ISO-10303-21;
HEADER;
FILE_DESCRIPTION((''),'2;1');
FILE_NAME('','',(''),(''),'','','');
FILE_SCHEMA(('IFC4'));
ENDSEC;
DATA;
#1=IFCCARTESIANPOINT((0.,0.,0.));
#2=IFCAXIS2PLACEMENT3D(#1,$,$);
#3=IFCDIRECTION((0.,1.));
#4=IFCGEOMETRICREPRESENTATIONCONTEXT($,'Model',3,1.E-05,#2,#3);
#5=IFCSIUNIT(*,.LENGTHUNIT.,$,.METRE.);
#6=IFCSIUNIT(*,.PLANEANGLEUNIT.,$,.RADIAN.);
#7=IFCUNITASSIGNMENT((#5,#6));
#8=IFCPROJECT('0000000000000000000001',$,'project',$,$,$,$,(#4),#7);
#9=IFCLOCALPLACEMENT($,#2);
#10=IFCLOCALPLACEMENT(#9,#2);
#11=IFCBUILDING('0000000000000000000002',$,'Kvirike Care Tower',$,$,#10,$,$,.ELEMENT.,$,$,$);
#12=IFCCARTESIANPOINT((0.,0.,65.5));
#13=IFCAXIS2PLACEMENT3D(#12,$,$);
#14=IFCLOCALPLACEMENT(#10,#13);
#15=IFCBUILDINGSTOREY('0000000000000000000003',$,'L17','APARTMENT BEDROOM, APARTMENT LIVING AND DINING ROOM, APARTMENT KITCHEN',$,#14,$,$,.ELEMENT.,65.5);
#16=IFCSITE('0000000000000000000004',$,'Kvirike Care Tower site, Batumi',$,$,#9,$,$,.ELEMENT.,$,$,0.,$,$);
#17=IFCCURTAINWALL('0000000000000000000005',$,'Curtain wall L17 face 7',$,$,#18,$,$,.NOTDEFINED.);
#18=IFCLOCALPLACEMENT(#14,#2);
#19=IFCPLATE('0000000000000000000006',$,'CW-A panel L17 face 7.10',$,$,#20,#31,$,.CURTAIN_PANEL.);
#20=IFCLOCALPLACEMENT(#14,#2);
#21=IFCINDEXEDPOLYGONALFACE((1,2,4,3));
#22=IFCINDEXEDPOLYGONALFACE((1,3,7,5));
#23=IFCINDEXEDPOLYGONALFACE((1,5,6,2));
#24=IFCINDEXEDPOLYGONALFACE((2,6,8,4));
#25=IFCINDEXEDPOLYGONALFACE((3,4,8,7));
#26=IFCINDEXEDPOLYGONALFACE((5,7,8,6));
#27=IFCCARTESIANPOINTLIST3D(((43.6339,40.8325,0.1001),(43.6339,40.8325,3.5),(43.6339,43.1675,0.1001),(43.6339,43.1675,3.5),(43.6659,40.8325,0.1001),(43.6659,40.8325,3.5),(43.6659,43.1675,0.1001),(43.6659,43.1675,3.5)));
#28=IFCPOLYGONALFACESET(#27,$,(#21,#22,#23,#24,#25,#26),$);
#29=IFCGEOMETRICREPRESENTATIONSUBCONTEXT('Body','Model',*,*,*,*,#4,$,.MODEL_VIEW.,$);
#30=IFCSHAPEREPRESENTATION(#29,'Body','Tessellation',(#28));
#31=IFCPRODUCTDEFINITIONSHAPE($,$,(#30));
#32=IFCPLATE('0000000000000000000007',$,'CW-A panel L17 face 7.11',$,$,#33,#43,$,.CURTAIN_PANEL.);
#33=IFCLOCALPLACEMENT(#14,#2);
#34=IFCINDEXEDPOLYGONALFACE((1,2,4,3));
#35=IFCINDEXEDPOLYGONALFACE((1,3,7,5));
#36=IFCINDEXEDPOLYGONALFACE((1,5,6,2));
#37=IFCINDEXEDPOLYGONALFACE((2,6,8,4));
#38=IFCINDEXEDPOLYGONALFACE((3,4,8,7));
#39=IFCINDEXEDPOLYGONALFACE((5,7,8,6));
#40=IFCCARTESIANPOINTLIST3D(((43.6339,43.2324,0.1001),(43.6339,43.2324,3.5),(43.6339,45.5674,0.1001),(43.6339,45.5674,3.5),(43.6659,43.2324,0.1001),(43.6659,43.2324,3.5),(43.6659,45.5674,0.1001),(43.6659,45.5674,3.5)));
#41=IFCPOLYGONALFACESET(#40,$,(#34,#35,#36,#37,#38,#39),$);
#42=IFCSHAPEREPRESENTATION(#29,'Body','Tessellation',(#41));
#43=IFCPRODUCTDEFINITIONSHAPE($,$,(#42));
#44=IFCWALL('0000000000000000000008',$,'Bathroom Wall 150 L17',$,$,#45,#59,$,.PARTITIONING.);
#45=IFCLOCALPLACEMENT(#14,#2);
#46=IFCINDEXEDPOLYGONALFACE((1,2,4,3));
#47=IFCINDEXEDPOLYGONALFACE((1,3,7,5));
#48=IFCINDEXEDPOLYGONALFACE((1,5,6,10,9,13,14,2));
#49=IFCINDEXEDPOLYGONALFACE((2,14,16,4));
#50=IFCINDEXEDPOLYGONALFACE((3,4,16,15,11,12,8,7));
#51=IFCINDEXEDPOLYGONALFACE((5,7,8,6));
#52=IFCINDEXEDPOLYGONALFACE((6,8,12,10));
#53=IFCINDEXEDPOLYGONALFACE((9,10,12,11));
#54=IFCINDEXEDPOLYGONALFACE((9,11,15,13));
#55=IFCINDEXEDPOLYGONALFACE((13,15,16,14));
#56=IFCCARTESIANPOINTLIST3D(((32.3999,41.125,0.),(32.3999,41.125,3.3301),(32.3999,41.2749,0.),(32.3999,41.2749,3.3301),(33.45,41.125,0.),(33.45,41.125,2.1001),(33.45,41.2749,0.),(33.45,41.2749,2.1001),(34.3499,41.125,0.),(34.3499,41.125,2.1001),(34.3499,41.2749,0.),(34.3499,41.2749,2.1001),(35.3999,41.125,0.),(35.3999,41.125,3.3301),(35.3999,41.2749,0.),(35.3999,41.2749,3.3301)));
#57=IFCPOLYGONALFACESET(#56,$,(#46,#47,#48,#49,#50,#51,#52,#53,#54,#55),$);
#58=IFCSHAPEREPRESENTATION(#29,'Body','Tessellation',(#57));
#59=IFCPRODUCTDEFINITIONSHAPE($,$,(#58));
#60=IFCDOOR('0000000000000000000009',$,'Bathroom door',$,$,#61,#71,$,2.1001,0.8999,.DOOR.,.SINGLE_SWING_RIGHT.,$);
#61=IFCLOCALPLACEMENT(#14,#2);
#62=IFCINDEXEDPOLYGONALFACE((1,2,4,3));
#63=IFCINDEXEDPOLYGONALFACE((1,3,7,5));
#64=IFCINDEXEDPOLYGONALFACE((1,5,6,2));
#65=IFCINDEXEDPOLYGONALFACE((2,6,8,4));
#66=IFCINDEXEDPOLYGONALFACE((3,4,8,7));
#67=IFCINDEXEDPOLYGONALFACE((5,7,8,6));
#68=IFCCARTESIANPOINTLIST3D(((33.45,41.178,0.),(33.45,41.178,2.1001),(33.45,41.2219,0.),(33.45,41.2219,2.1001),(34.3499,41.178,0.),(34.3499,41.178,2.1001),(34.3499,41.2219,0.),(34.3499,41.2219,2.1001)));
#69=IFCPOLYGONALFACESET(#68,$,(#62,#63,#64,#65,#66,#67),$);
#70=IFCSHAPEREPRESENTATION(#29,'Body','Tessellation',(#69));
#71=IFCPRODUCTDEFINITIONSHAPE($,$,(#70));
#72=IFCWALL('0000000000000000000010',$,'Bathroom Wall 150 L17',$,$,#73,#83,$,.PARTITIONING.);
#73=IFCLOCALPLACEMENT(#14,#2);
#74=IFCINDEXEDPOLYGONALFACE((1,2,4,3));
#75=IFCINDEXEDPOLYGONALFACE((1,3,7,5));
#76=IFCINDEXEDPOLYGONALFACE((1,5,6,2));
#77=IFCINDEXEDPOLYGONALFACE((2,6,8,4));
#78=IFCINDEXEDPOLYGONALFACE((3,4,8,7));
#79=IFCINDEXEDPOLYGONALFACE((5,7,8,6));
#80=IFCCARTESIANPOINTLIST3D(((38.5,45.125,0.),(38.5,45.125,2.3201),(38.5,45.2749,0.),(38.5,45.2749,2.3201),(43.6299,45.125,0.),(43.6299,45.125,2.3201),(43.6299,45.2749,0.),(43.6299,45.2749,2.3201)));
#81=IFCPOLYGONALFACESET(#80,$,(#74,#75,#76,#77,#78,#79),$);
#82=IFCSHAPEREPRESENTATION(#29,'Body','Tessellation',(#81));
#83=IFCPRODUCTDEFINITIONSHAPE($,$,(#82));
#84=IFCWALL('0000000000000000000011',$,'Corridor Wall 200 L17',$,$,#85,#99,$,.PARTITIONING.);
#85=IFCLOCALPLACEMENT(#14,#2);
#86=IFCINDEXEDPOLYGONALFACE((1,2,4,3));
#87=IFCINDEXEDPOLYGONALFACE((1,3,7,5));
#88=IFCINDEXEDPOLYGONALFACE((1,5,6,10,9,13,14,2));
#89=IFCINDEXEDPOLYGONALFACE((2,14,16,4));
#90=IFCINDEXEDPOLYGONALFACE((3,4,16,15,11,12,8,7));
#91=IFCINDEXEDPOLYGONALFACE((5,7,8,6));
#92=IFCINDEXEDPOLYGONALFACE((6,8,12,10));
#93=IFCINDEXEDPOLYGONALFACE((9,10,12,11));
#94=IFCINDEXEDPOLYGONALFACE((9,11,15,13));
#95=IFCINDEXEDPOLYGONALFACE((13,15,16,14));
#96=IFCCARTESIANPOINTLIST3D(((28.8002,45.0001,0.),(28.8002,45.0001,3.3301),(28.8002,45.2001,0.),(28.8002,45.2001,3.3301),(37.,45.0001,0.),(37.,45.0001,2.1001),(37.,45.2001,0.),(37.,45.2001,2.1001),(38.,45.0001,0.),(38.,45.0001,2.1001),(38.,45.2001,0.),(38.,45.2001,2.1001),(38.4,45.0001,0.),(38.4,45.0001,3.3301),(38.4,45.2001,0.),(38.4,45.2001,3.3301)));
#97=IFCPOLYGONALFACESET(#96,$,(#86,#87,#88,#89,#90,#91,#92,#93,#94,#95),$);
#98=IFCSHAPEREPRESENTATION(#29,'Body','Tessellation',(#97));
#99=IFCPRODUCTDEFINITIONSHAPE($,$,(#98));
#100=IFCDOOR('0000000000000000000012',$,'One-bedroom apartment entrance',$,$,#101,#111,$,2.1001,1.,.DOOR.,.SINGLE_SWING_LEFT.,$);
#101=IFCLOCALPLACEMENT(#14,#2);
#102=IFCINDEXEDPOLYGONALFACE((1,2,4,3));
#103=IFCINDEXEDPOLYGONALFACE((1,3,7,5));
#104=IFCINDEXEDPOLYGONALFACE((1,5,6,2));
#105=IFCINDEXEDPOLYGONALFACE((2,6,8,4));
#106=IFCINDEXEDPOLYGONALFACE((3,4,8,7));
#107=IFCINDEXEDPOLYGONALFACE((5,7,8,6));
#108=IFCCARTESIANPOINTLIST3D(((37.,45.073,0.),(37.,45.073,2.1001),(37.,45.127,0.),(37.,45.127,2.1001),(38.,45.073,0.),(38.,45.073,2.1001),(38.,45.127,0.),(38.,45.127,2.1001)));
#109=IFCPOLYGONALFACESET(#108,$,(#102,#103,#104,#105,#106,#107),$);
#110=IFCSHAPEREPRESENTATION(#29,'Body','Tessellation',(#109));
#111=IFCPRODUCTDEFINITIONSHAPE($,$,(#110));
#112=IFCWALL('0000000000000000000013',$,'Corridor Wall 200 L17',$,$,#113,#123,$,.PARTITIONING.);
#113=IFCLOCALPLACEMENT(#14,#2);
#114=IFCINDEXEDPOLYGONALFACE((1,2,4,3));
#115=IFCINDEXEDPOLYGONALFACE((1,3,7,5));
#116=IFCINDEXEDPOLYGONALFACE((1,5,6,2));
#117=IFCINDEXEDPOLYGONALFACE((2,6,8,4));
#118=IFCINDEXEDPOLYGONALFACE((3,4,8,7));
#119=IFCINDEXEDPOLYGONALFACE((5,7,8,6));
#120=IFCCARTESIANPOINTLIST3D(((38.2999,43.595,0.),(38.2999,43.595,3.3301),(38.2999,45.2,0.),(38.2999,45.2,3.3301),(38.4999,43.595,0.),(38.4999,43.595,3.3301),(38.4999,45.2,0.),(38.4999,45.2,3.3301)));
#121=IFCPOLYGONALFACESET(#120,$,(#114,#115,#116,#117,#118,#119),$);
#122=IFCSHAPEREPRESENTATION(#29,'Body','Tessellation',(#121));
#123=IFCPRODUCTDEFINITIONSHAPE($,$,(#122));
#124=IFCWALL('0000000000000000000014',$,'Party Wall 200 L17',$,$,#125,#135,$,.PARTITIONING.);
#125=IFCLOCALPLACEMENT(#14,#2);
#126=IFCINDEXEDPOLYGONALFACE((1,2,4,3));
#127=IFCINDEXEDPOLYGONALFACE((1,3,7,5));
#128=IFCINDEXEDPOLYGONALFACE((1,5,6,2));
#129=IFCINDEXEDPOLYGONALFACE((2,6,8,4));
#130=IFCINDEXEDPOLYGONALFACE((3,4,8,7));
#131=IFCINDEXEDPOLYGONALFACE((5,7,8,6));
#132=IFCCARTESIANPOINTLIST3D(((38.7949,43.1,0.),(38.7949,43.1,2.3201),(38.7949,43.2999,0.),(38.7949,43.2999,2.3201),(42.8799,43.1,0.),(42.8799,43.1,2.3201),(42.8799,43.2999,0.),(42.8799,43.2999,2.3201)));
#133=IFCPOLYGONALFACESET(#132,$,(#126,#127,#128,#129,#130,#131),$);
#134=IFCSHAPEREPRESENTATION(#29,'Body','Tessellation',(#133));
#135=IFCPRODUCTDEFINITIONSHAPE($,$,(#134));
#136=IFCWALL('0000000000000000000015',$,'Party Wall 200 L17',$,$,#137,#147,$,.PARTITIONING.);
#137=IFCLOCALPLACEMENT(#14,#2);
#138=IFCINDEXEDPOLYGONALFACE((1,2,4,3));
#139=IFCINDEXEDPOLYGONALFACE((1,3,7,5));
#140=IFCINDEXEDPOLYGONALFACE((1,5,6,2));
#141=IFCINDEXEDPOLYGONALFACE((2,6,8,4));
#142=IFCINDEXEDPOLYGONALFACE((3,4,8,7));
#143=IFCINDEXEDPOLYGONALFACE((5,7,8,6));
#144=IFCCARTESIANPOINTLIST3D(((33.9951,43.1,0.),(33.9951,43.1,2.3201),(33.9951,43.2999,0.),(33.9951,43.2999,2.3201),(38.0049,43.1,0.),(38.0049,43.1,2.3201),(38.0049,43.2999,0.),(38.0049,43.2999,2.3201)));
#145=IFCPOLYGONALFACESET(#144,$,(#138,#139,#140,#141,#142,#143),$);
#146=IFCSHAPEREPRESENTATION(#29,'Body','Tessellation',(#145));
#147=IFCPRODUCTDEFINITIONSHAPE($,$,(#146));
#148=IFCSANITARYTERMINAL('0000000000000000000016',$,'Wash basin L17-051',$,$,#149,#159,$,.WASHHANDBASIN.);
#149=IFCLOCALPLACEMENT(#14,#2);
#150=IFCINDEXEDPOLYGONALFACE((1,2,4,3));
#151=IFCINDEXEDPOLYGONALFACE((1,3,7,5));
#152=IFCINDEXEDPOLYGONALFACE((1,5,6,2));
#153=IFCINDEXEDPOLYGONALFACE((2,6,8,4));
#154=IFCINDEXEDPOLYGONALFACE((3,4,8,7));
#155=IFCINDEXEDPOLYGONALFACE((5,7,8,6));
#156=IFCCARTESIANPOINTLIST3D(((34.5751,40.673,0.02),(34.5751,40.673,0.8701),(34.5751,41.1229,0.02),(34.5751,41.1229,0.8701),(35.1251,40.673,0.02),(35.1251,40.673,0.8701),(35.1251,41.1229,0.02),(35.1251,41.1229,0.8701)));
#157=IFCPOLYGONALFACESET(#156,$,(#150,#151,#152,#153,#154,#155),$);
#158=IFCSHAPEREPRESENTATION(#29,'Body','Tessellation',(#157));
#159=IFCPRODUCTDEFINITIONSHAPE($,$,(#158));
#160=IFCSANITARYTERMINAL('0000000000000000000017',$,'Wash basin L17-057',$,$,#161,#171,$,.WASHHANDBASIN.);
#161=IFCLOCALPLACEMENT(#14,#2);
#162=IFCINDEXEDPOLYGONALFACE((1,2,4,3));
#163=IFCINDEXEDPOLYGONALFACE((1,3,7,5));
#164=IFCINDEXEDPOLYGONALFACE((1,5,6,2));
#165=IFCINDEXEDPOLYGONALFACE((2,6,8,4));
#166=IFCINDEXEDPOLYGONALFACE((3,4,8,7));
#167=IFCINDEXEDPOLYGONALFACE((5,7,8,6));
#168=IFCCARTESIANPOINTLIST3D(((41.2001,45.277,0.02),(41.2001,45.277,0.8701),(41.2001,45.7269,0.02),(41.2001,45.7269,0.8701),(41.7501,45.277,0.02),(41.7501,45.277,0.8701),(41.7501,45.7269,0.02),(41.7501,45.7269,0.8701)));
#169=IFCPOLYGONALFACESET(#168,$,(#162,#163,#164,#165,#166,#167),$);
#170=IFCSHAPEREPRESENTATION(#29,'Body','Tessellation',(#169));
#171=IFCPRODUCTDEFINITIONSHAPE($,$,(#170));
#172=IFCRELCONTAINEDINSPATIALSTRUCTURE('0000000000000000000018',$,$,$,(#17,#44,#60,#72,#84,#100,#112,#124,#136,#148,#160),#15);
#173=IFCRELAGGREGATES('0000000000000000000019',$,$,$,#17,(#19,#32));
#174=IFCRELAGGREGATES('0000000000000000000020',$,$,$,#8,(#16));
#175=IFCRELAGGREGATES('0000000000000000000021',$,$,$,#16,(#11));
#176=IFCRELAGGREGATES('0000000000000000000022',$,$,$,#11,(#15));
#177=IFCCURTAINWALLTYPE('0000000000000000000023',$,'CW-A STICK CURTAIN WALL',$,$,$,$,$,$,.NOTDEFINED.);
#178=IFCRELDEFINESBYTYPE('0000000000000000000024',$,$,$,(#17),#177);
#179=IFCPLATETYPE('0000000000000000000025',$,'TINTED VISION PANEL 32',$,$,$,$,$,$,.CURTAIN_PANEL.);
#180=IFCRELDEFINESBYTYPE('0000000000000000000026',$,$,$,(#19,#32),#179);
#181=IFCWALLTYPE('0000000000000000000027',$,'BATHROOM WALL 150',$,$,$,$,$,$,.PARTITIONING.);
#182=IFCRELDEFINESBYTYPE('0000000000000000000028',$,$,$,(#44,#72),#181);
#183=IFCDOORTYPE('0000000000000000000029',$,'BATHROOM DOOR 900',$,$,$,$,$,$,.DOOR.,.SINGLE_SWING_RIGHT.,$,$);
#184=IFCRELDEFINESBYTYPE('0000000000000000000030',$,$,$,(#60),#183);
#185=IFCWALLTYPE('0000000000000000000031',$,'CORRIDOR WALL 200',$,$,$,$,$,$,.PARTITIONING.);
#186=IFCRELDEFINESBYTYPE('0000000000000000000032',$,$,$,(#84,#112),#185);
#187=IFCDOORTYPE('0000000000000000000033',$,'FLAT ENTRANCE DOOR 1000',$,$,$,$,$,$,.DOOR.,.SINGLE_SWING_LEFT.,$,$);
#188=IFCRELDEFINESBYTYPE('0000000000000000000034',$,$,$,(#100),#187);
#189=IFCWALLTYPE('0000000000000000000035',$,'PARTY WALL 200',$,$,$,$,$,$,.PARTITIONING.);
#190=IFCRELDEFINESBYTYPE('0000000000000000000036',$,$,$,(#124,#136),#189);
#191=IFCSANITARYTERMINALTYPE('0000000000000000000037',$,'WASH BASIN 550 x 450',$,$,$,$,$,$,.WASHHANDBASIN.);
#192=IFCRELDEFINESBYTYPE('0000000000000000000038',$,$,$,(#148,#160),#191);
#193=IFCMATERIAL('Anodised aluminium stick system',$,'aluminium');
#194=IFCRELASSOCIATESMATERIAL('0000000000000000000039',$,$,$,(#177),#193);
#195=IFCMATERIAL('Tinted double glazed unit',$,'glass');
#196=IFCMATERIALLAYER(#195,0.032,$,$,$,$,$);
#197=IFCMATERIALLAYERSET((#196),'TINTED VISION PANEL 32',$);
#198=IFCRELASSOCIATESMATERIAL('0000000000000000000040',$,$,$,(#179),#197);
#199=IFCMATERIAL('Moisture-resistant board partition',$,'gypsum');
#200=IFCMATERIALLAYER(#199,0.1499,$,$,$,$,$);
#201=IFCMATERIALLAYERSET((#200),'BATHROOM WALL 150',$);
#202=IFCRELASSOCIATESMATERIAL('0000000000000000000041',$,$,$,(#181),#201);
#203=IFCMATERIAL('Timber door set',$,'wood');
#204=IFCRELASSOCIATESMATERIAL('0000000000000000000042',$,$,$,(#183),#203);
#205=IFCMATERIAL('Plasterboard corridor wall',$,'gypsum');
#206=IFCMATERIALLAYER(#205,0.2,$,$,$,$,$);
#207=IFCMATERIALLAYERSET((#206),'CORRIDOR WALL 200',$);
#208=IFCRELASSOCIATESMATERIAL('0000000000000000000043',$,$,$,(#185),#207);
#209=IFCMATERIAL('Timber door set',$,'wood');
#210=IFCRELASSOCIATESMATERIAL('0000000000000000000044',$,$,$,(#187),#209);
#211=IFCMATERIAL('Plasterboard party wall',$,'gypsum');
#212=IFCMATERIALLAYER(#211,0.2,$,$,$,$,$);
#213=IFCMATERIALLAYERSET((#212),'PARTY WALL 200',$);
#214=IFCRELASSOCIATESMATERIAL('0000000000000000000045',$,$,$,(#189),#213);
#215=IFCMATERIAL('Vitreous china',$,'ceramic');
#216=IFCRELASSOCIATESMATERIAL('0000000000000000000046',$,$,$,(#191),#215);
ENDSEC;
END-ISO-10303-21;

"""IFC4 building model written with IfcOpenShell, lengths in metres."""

from ifc_helpers import new_model, si_unit, direction, frame, frame_2d, origin, origin_2d, place, context, subcontext, project, spatial, rectangle, extrude, material, layer, layer_set, type_object, element, fill, aggregate, save


model = new_model("IFC4")

# Units and contexts
model_context = context("Model", 3, precision=1e-05, world=origin(), true_north=direction((0.0, 1.0)))
body_context = subcontext(model_context, "Body", "Model", "MODEL_VIEW")
ifc_project = project(units=[si_unit("LENGTHUNIT", "METRE"), si_unit("PLANEANGLEUNIT", "RADIAN")], contexts=[model_context])

# Site, building, storey
site_placement = place(None, origin())
site = spatial("IfcSite", under=ifc_project, at=site_placement, Name="Kvirike Care Tower site, Batumi", CompositionType="ELEMENT", RefElevation=0.0)
building_placement = place(site_placement, origin())
building = spatial("IfcBuilding", under=site, at=building_placement, Name="Kvirike Care Tower", CompositionType="ELEMENT")
storey_placement = place(building_placement, frame((0.0, 0.0, 65.5)))
storey = spatial("IfcBuildingStorey", under=building, at=storey_placement, Name="L17", Description="APARTMENT BEDROOM, APARTMENT LIVING AND DINING ROOM, APARTMENT KITCHEN", CompositionType="ELEMENT", Elevation=65.5)

# Curtain wall
ifc_material_1 = material(Name="Anodised aluminium stick system", Category="aluminium")
curtain_wall_type = type_object("IfcCurtainWallType", Name="CW-A STICK CURTAIN WALL", PredefinedType="NOTDEFINED", material=ifc_material_1)
curtain_wall_placement = place(storey_placement, origin())
curtain_wall = element("IfcCurtainWall", 1, at=curtain_wall_placement, inside=storey, type_object=curtain_wall_type, Name="Curtain wall L17 face 7", PredefinedType="NOTDEFINED")

# Plates
ifc_material_2 = material(Name="Tinted double glazed unit", Category="glass")
ifc_layer_1 = layer(ifc_material_2, 0.032)
ifc_layer_set_1 = layer_set([ifc_layer_1], Name="TINTED VISION PANEL 32")
plate_type = type_object("IfcPlateType", Name="TINTED VISION PANEL 32", PredefinedType="CURTAIN_PANEL", material=ifc_layer_set_1)
plate_1_placement = place(storey_placement, frame((43.6499, 42.0, 0.1001), z_axis=(0.0, 0.0, 1.0), x_axis=(0.0, 1.0, 0.0)))
plate_1 = element("IfcPlate", 2, at=plate_1_placement, type_object=plate_type, Name="CW-A panel L17 face 7.10", PredefinedType="CURTAIN_PANEL", context=body_context, shape_type="SweptSolid", body=[
    extrude(rectangle(XDim=2.335, YDim=0.032, at=origin_2d()), origin(), (0.0, 0.0, 1.0), 3.3999),
])
plate_2_placement = place(storey_placement, frame((43.6499, 44.3999, 0.1001), z_axis=(0.0, 0.0, 1.0), x_axis=(0.0, 1.0, 0.0)))
plate_2 = element("IfcPlate", 3, at=plate_2_placement, type_object=plate_type, Name="CW-A panel L17 face 7.11", PredefinedType="CURTAIN_PANEL", context=body_context, shape_type="SweptSolid", body=[
    extrude(rectangle(XDim=2.335, YDim=0.032, at=origin_2d()), origin(), (0.0, 0.0, 1.0), 3.3999),
])
aggregate(curtain_wall, [plate_1, plate_2])

# Wall, opening, door
ifc_material_3 = material(Name="Moisture-resistant board partition", Category="gypsum")
ifc_layer_2 = layer(ifc_material_3, 0.1499)
ifc_layer_set_2 = layer_set([ifc_layer_2], Name="BATHROOM WALL 150")
wall_type_1 = type_object("IfcWallType", Name="BATHROOM WALL 150", PredefinedType="PARTITIONING", material=ifc_layer_set_2)
wall_1_placement = place(storey_placement, frame((35.3999, 41.2, 0.0), z_axis=(0.0, 0.0, 1.0), x_axis=(-1.0, 0.0, 0.0)))
wall_1 = element("IfcWall", 4, at=wall_1_placement, inside=storey, type_object=wall_type_1, Name="Bathroom Wall 150 L17", PredefinedType="PARTITIONING", context=body_context, shape_type="SweptSolid", body=[
    extrude(rectangle(XDim=3.0, YDim=0.1499, at=frame_2d((1.5, 0.0))), origin(), (0.0, 0.0, 1.0), 3.3301),
])
opening_1_placement = place(wall_1_placement, frame((1.05, 0.0, 0.0)))
opening_1 = element("IfcOpeningElement", 5, at=opening_1_placement, cuts=wall_1, PredefinedType="OPENING", context=body_context, shape_type="SweptSolid", body=[
    extrude(rectangle(XDim=0.8999, YDim=2.1001, at=frame_2d((0.45, 1.05))), frame((0.0, 0.0854, 0.0), z_axis=(0.0, -1.0, 0.0), x_axis=(1.0, 0.0, 0.0)), (0.0, 0.0, 1.0), 0.1709),
])
ifc_material_4 = material(Name="Timber door set", Category="wood")
door_type_1 = type_object("IfcDoorType", Name="BATHROOM DOOR 900", OperationType="SINGLE_SWING_RIGHT", PredefinedType="DOOR", material=ifc_material_4)
door_1_placement = place(opening_1_placement, origin())
door_1 = element("IfcDoor", 6, at=door_1_placement, inside=storey, type_object=door_type_1, Name="Bathroom door", OperationType="SINGLE_SWING_RIGHT", OverallHeight=2.1001, OverallWidth=0.8999, PredefinedType="DOOR", context=body_context, shape_type="SweptSolid", body=[
    extrude(rectangle(XDim=0.8999, YDim=2.1001, at=frame_2d((0.45, 1.05))), frame((0.0, 0.022, 0.0), z_axis=(0.0, -1.0, 0.0), x_axis=(1.0, 0.0, 0.0)), (0.0, 0.0, 1.0), 0.0439),
])
fill(opening_1, door_1)

# Wall
wall_2_placement = place(storey_placement, frame((43.6299, 45.2, 0.0), z_axis=(0.0, 0.0, 1.0), x_axis=(-1.0, 0.0, 0.0)))
element("IfcWall", 7, at=wall_2_placement, inside=storey, type_object=wall_type_1, Name="Bathroom Wall 150 L17", PredefinedType="PARTITIONING", context=body_context, shape_type="SweptSolid", body=[
    extrude(rectangle(XDim=5.1299, YDim=0.1499, at=frame_2d((2.5649, 0.0))), origin(), (0.0, 0.0, 1.0), 2.3201),
])

# Wall, opening, door
ifc_material_5 = material(Name="Plasterboard corridor wall", Category="gypsum")
ifc_layer_3 = layer(ifc_material_5, 0.2)
ifc_layer_set_3 = layer_set([ifc_layer_3], Name="CORRIDOR WALL 200")
wall_type_2 = type_object("IfcWallType", Name="CORRIDOR WALL 200", PredefinedType="PARTITIONING", material=ifc_layer_set_3)
wall_3_placement = place(storey_placement, frame((38.3999, 45.1001, 0.0), z_axis=(0.0, 0.0, 1.0), x_axis=(-1.0, 0.0, 0.0)))
wall_3 = element("IfcWall", 8, at=wall_3_placement, inside=storey, type_object=wall_type_2, Name="Corridor Wall 200 L17", PredefinedType="PARTITIONING", context=body_context, shape_type="SweptSolid", body=[
    extrude(rectangle(XDim=9.5999, YDim=0.2, at=frame_2d((4.7998, 0.0))), origin(), (0.0, 0.0, 1.0), 3.3301),
])
opening_2_placement = place(wall_3_placement, frame((0.3999, 0.0, 0.0)))
opening_2 = element("IfcOpeningElement", 9, at=opening_2_placement, cuts=wall_3, PredefinedType="OPENING", context=body_context, shape_type="SweptSolid", body=[
    extrude(rectangle(XDim=1.0, YDim=2.1001, at=frame_2d((0.5, 1.05))), frame((0.0, 0.1106, 0.0), z_axis=(0.0, -1.0, 0.0), x_axis=(1.0, 0.0, 0.0)), (0.0, 0.0, 1.0), 0.2209),
])
ifc_material_6 = material(Name="Timber door set", Category="wood")
door_type_2 = type_object("IfcDoorType", Name="FLAT ENTRANCE DOOR 1000", OperationType="SINGLE_SWING_LEFT", PredefinedType="DOOR", material=ifc_material_6)
door_2_placement = place(opening_2_placement, frame((1.0, 0.0, 0.0), z_axis=(0.0, 0.0, 1.0), x_axis=(-1.0, 0.0, 0.0)))
door_2 = element("IfcDoor", 10, at=door_2_placement, inside=storey, type_object=door_type_2, Name="One-bedroom apartment entrance", OperationType="SINGLE_SWING_LEFT", OverallHeight=2.1001, OverallWidth=1.0, PredefinedType="DOOR", context=body_context, shape_type="SweptSolid", body=[
    extrude(rectangle(XDim=1.0, YDim=2.1001, at=frame_2d((0.5, 1.05))), frame((0.0, 0.0269, 0.0), z_axis=(0.0, -1.0, 0.0), x_axis=(1.0, 0.0, 0.0)), (0.0, 0.0, 1.0), 0.054),
])
fill(opening_2, door_2)

# Walls
wall_4_placement = place(storey_placement, frame((38.3999, 45.2, 0.0), z_axis=(0.0, 0.0, 1.0), x_axis=(0.0, -1.0, 0.0)))
element("IfcWall", 11, at=wall_4_placement, inside=storey, type_object=wall_type_2, Name="Corridor Wall 200 L17", PredefinedType="PARTITIONING", context=body_context, shape_type="SweptSolid", body=[
    extrude(rectangle(XDim=1.605, YDim=0.2, at=frame_2d((0.8025, 0.0))), origin(), (0.0, 0.0, 1.0), 3.3301),
])
ifc_material_7 = material(Name="Plasterboard party wall", Category="gypsum")
ifc_layer_4 = layer(ifc_material_7, 0.2)
ifc_layer_set_4 = layer_set([ifc_layer_4], Name="PARTY WALL 200")
wall_type_3 = type_object("IfcWallType", Name="PARTY WALL 200", PredefinedType="PARTITIONING", material=ifc_layer_set_4)
wall_5_placement = place(storey_placement, frame((42.8799, 43.2, 0.0), z_axis=(0.0, 0.0, 1.0), x_axis=(-1.0, 0.0, 0.0)))
element("IfcWall", 12, at=wall_5_placement, inside=storey, type_object=wall_type_3, Name="Party Wall 200 L17", PredefinedType="PARTITIONING", context=body_context, shape_type="SweptSolid", body=[
    extrude(rectangle(XDim=4.085, YDim=0.2, at=frame_2d((2.0425, 0.0))), origin(), (0.0, 0.0, 1.0), 2.3201),
])
wall_6_placement = place(storey_placement, frame((38.0049, 43.2, 0.0), z_axis=(0.0, 0.0, 1.0), x_axis=(-1.0, 0.0, 0.0)))
element("IfcWall", 13, at=wall_6_placement, inside=storey, type_object=wall_type_3, Name="Party Wall 200 L17", PredefinedType="PARTITIONING", context=body_context, shape_type="SweptSolid", body=[
    extrude(rectangle(XDim=4.0098, YDim=0.2, at=frame_2d((2.0049, 0.0))), origin(), (0.0, 0.0, 1.0), 2.3201),
])

# Sanitary terminals
ifc_material_8 = material(Name="Vitreous china", Category="ceramic")
sanitary_terminal_type = type_object("IfcSanitaryTerminalType", Name="WASH BASIN 550 x 450", PredefinedType="WASHHANDBASIN", material=ifc_material_8)
for number, where, z_axis, x_axis, name in (
    (14, (34.8501, 40.8979, 0.02), (0.0, 0.0, 1.0), (1.0, 0.0, 0.0), "Wash basin L17-051"),
    (15, (41.4751, 45.502, 0.02), (0.0, 0.0, 1.0), (-1.0, 0.0, 0.0), "Wash basin L17-057"),
):
    element("IfcSanitaryTerminal", number, at=place(storey_placement, frame(where, z_axis=z_axis, x_axis=x_axis)), inside=storey, type_object=sanitary_terminal_type, Name=name, PredefinedType="WASHHANDBASIN", context=body_context, shape_type="SweptSolid", body=[
        extrude(rectangle(XDim=0.55, YDim=0.45, at=origin_2d()), origin(), (0.0, 0.0, 1.0), 0.8501),
    ])

save(model, "model.ifc")
